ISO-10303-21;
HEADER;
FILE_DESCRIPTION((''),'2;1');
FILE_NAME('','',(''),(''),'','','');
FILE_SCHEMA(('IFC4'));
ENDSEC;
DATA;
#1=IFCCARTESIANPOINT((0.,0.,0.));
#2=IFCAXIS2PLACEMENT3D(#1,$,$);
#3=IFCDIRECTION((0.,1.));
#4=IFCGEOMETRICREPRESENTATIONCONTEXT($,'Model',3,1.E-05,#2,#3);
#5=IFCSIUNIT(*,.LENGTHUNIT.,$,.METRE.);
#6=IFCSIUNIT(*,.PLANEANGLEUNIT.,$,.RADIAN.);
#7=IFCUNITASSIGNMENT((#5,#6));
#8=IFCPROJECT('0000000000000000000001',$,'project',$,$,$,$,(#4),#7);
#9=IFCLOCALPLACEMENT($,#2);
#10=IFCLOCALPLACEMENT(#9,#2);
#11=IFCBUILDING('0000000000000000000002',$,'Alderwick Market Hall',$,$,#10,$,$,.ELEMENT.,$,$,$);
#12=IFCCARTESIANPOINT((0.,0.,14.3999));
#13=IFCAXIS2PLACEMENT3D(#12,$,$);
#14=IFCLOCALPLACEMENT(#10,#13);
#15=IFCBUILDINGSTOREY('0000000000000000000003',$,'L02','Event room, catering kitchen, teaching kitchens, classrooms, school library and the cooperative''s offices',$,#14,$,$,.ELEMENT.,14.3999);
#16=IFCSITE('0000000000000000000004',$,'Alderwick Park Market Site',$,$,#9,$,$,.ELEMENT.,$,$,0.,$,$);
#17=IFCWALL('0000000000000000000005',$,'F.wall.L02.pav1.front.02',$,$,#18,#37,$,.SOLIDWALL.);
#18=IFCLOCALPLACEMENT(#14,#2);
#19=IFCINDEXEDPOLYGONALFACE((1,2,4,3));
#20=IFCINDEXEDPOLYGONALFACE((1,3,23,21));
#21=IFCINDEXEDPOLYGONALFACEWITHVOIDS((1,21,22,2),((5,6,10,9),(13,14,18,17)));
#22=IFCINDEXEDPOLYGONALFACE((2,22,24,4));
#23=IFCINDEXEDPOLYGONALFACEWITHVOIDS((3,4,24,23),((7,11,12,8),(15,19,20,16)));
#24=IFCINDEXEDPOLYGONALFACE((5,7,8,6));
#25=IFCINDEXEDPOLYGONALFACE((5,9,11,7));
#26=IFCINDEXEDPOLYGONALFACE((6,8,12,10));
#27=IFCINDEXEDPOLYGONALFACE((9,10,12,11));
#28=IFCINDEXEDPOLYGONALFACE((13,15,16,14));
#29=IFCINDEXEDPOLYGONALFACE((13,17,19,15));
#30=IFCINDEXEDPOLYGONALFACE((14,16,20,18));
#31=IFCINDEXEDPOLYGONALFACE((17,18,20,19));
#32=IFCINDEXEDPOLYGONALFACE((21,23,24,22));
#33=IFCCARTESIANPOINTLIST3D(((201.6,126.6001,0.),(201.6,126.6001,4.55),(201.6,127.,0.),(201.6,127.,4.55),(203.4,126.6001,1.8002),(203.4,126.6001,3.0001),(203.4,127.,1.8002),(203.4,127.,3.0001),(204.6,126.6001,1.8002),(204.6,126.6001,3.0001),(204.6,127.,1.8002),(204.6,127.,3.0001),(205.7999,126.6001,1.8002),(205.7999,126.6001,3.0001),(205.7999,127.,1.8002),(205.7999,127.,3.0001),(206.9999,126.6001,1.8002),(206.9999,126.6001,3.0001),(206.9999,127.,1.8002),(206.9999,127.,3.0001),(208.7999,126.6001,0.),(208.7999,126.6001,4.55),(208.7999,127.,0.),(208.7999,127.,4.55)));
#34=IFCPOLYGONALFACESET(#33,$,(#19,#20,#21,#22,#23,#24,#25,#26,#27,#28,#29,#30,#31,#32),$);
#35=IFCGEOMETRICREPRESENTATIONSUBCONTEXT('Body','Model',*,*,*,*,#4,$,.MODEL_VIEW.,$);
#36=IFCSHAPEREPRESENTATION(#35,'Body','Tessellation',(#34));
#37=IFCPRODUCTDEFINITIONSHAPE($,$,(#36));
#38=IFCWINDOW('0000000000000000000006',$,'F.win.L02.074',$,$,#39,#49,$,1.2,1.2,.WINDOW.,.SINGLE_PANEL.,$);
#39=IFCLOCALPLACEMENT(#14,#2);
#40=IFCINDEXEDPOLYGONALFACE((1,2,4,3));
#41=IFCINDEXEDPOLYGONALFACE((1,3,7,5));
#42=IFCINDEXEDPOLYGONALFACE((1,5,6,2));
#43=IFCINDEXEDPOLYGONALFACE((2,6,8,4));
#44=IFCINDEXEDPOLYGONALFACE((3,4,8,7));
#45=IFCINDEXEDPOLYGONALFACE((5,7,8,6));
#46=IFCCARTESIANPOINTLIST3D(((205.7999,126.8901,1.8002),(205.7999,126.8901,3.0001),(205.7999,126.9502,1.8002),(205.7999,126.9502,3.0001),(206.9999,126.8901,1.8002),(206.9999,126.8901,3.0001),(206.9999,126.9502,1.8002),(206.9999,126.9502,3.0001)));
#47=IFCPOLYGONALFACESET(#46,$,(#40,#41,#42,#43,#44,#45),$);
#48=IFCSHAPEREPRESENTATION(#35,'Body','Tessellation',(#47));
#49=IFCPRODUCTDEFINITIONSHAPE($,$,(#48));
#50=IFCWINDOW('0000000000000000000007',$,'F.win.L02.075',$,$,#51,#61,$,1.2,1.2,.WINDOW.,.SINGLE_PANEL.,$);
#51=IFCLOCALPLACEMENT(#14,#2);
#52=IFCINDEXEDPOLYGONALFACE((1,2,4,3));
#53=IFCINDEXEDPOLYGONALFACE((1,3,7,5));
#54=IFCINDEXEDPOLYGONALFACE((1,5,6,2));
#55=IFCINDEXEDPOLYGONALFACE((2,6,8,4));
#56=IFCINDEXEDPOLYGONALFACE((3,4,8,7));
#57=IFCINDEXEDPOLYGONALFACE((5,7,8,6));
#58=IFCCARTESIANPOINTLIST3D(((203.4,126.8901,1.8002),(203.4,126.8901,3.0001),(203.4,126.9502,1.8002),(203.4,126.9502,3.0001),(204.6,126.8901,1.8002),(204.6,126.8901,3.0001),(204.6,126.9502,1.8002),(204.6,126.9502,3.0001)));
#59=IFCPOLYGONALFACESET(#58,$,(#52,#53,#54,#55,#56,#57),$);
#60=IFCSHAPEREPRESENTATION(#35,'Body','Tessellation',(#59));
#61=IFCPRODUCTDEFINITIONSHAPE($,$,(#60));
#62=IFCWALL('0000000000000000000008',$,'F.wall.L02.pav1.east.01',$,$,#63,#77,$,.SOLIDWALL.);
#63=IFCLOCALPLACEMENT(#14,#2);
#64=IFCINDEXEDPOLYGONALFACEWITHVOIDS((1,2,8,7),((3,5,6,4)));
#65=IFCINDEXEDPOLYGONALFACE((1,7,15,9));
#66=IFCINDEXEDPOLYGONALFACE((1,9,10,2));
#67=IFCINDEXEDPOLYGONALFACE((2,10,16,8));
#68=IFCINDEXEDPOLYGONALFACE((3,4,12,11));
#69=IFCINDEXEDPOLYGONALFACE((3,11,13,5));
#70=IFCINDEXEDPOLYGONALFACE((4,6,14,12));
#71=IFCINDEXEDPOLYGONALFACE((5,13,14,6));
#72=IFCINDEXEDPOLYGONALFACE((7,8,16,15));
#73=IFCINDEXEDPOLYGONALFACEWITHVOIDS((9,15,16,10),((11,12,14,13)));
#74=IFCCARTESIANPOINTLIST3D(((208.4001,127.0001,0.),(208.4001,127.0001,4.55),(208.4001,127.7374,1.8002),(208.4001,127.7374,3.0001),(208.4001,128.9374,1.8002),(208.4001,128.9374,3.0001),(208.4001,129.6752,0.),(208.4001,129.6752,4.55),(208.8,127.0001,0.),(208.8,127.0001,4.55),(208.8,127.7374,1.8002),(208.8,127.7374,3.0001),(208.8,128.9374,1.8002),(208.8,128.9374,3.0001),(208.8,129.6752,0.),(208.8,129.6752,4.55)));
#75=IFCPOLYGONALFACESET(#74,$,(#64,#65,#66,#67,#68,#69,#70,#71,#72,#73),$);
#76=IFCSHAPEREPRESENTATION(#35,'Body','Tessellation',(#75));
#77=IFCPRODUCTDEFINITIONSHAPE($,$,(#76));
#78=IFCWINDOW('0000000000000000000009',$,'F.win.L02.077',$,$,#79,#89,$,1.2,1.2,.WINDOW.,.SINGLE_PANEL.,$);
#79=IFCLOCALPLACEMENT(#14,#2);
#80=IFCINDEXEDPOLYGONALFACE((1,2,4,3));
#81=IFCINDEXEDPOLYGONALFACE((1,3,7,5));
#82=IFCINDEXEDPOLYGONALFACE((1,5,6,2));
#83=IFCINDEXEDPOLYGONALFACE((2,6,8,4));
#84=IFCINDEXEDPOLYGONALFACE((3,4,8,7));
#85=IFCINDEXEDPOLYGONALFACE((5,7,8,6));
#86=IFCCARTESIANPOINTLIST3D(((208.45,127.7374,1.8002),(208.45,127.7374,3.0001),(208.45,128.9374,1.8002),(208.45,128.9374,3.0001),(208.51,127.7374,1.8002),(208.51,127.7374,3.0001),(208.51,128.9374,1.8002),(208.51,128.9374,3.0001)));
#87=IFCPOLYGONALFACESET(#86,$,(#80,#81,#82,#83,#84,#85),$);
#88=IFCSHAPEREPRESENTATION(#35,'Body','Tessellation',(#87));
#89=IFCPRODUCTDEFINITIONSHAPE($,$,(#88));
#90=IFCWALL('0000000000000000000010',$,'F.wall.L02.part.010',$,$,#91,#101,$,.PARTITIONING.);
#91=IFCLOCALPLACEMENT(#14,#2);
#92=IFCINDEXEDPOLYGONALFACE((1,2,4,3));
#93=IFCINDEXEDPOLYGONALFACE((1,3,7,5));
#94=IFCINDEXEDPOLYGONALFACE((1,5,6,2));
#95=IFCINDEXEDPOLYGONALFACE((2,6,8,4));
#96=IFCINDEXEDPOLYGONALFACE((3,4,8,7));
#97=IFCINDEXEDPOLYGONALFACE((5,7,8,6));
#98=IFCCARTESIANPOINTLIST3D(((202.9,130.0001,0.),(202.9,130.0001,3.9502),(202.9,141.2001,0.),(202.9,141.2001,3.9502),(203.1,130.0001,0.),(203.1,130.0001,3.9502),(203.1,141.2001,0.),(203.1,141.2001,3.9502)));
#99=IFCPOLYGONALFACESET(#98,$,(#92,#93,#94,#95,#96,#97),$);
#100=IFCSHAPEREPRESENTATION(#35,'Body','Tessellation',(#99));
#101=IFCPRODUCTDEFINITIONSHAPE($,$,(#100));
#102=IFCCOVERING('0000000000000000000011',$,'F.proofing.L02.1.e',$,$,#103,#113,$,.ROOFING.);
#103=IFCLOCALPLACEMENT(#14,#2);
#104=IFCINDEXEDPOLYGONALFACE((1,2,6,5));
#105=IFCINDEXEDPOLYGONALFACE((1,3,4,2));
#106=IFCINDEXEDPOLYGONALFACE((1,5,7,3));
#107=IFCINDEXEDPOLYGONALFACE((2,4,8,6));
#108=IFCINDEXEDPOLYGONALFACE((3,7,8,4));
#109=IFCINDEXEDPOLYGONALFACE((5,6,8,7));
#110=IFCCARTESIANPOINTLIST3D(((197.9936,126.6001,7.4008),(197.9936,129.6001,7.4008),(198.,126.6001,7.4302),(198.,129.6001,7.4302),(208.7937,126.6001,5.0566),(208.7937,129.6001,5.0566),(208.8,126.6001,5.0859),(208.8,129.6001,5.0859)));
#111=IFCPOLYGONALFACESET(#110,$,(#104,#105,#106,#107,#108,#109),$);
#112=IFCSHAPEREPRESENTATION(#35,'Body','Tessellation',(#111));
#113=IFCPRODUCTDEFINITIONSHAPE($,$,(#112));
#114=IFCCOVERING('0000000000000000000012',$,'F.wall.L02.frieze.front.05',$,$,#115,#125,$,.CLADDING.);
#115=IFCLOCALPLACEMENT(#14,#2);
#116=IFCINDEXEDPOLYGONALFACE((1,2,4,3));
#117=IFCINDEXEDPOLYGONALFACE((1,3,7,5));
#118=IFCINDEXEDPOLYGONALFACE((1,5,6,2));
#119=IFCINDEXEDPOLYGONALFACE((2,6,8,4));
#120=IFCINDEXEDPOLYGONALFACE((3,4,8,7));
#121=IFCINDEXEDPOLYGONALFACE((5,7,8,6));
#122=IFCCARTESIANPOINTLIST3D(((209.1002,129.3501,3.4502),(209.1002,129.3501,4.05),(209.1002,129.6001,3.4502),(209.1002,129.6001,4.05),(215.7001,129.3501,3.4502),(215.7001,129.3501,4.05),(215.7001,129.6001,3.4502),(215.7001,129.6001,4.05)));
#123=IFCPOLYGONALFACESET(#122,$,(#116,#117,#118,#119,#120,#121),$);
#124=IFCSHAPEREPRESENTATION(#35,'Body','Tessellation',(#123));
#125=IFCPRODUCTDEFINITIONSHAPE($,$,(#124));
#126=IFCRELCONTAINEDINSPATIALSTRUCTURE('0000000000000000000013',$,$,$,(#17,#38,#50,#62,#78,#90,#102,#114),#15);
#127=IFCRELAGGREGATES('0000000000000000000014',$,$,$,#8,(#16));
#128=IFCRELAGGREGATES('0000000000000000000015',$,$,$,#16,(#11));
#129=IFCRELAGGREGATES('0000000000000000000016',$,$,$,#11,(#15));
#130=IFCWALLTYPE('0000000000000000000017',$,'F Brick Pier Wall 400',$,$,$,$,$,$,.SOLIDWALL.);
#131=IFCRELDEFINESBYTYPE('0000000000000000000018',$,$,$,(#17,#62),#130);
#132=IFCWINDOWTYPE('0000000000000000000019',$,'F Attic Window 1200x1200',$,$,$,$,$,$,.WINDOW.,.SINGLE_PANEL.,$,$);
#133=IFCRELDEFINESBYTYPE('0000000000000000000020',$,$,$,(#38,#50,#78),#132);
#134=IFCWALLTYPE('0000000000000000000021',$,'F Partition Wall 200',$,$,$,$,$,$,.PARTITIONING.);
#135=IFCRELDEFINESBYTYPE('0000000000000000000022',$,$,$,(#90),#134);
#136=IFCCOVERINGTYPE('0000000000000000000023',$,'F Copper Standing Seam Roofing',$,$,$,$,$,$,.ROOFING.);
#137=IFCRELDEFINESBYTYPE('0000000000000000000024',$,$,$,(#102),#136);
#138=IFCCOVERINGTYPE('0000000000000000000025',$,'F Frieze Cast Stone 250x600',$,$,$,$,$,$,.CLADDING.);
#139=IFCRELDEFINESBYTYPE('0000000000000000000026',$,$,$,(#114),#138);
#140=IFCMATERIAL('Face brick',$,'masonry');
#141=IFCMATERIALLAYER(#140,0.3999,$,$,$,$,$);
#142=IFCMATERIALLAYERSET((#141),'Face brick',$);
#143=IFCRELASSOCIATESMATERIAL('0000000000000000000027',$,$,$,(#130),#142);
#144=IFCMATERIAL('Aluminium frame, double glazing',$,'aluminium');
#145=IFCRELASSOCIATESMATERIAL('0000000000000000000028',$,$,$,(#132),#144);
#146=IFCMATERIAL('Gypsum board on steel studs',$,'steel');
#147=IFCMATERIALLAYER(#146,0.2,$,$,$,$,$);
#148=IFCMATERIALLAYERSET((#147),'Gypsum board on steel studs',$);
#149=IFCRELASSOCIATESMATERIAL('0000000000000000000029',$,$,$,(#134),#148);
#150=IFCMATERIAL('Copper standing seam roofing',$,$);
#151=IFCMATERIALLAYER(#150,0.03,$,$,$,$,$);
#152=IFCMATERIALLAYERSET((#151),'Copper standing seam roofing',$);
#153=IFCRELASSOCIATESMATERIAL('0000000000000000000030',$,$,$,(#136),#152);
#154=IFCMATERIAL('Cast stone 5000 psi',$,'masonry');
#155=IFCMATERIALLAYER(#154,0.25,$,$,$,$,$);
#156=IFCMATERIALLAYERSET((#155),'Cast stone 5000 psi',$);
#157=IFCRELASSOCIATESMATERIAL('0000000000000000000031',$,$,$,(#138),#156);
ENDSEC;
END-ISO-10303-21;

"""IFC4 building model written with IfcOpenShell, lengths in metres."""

from ifc_helpers import new_model, si_unit, direction, frame, frame_2d, origin, place, context, subcontext, project, spatial, polyline, rectangle, outline, extrude, material, layer, layer_set, type_object, element, fill, save


model = new_model("IFC4")

# Units and contexts
model_context = context("Model", 3, precision=1e-05, world=origin(), true_north=direction((0.0, 1.0)))
body_context = subcontext(model_context, "Body", "Model", "MODEL_VIEW")
ifc_project = project(units=[si_unit("LENGTHUNIT", "METRE"), si_unit("PLANEANGLEUNIT", "RADIAN")], contexts=[model_context])

# Site, building, storey
site_placement = place(None, origin())
site = spatial("IfcSite", under=ifc_project, at=site_placement, Name="Alderwick Park Market Site", CompositionType="ELEMENT", RefElevation=0.0)
building_placement = place(site_placement, origin())
building = spatial("IfcBuilding", under=site, at=building_placement, Name="Alderwick Market Hall", CompositionType="ELEMENT")
storey_placement = place(building_placement, frame((0.0, 0.0, 14.3999)))
storey = spatial("IfcBuildingStorey", under=building, at=storey_placement, Name="L02", Description="Event room, catering kitchen, teaching kitchens, classrooms, school library and the cooperative's offices", CompositionType="ELEMENT", Elevation=14.3999)

# Shared definitions
ifc_material_1 = material(Name="Face brick", Category="masonry")
ifc_layer_1 = layer(ifc_material_1, 0.3999)
ifc_layer_set_1 = layer_set([ifc_layer_1], Name="Face brick")
wall_type_1 = type_object("IfcWallType", Name="F Brick Pier Wall 400", PredefinedType="SOLIDWALL", material=ifc_layer_set_1)

# Wall, openings, windows
ifc_material_2 = material(Name="Aluminium frame, double glazing", Category="aluminium")
window_type = type_object("IfcWindowType", Name="F Attic Window 1200x1200", PartitioningType="SINGLE_PANEL", PredefinedType="WINDOW", material=ifc_material_2)
wall_1_placement = place(storey_placement, frame((208.8, 126.8, 0.0), z_axis=(0.0, 0.0, 1.0), x_axis=(-1.0, 0.0, 0.0)))
wall_1 = element("IfcWall", 1, at=wall_1_placement, inside=storey, type_object=wall_type_1, Name="F.wall.L02.pav1.front.02", PredefinedType="SOLIDWALL", context=body_context, shape_type="SweptSolid", body=[
    extrude(rectangle(XDim=7.2, YDim=0.3999, at=frame_2d((3.6001, 0.0))), origin(), (0.0, 0.0, 1.0), 4.55),
])
opening_1_placement = place(wall_1_placement, frame((1.8, 0.0, 1.8)))
opening_1 = element("IfcOpeningElement", 2, at=opening_1_placement, cuts=wall_1, PredefinedType="OPENING", context=body_context, shape_type="SweptSolid", body=[
    extrude(rectangle(XDim=1.2, YDim=1.2, at=frame_2d((0.6001, 0.6001))), frame((0.0, 0.21, 0.0), z_axis=(0.0, -1.0, 0.0), x_axis=(1.0, 0.0, 0.0)), (0.0, 0.0, 1.0), 0.4199),
])
opening_2_placement = place(wall_1_placement, frame((4.2, 0.0, 1.8)))
opening_2 = element("IfcOpeningElement", 3, at=opening_2_placement, cuts=wall_1, PredefinedType="OPENING", context=body_context, shape_type="SweptSolid", body=[
    extrude(rectangle(XDim=1.2, YDim=1.2, at=frame_2d((0.6001, 0.6001))), frame((0.0, 0.21, 0.0), z_axis=(0.0, -1.0, 0.0), x_axis=(1.0, 0.0, 0.0)), (0.0, 0.0, 1.0), 0.4199),
])
window_1_placement = place(opening_1_placement, origin())
window_1 = element("IfcWindow", 4, at=window_1_placement, inside=storey, type_object=window_type, Name="F.win.L02.074", OverallHeight=1.2, OverallWidth=1.2, PartitioningType="SINGLE_PANEL", PredefinedType="WINDOW", context=body_context, shape_type="SweptSolid", body=[
    extrude(rectangle(XDim=1.2, YDim=1.2, at=frame_2d((0.6001, 0.6001))), frame((0.0, -0.0901, 0.0), z_axis=(0.0, -1.0, 0.0), x_axis=(1.0, 0.0, 0.0)), (0.0, 0.0, 1.0), 0.0601),
])
fill(opening_1, window_1)
window_2_placement = place(opening_2_placement, origin())
window_2 = element("IfcWindow", 5, at=window_2_placement, inside=storey, type_object=window_type, Name="F.win.L02.075", OverallHeight=1.2, OverallWidth=1.2, PartitioningType="SINGLE_PANEL", PredefinedType="WINDOW", context=body_context, shape_type="SweptSolid", body=[
    extrude(rectangle(XDim=1.2, YDim=1.2, at=frame_2d((0.6001, 0.6001))), frame((0.0, -0.0901, 0.0), z_axis=(0.0, -1.0, 0.0), x_axis=(1.0, 0.0, 0.0)), (0.0, 0.0, 1.0), 0.0601),
])
fill(opening_2, window_2)

# Wall, opening, window
wall_2_placement = place(storey_placement, frame((208.6001, 129.675, 0.0), z_axis=(0.0, 0.0, 1.0), x_axis=(0.0, -1.0, 0.0)))
wall_2 = element("IfcWall", 6, at=wall_2_placement, inside=storey, type_object=wall_type_1, Name="F.wall.L02.pav1.east.01", PredefinedType="SOLIDWALL", context=body_context, shape_type="SweptSolid", body=[
    extrude(rectangle(XDim=2.675, YDim=0.3999, at=frame_2d((1.3374, 0.0))), origin(), (0.0, 0.0, 1.0), 4.55),
])
opening_3_placement = place(wall_2_placement, frame((0.7375, 0.0, 1.8)))
opening_3 = element("IfcOpeningElement", 7, at=opening_3_placement, cuts=wall_2, PredefinedType="OPENING", context=body_context, shape_type="SweptSolid", body=[
    extrude(rectangle(XDim=1.2, YDim=1.2, at=frame_2d((0.6001, 0.6001))), frame((0.0, 0.21, 0.0), z_axis=(0.0, -1.0, 0.0), x_axis=(1.0, 0.0, 0.0)), (0.0, 0.0, 1.0), 0.4199),
])
window_3_placement = place(opening_3_placement, origin())
window_3 = element("IfcWindow", 8, at=window_3_placement, inside=storey, type_object=window_type, Name="F.win.L02.077", OverallHeight=1.2, OverallWidth=1.2, PartitioningType="SINGLE_PANEL", PredefinedType="WINDOW", context=body_context, shape_type="SweptSolid", body=[
    extrude(rectangle(XDim=1.2, YDim=1.2, at=frame_2d((0.6001, 0.6001))), frame((0.0, -0.0901, 0.0), z_axis=(0.0, -1.0, 0.0), x_axis=(1.0, 0.0, 0.0)), (0.0, 0.0, 1.0), 0.0601),
])
fill(opening_3, window_3)

# Wall
ifc_material_3 = material(Name="Gypsum board on steel studs", Category="steel")
ifc_layer_2 = layer(ifc_material_3, 0.2)
ifc_layer_set_2 = layer_set([ifc_layer_2], Name="Gypsum board on steel studs")
wall_type_2 = type_object("IfcWallType", Name="F Partition Wall 200", PredefinedType="PARTITIONING", material=ifc_layer_set_2)
wall_3_placement = place(storey_placement, frame((203.0, 130.0, 0.0), z_axis=(0.0, 0.0, 1.0), x_axis=(0.0, 1.0, 0.0)))
element("IfcWall", 9, at=wall_3_placement, inside=storey, type_object=wall_type_2, Name="F.wall.L02.part.010", PredefinedType="PARTITIONING", context=body_context, shape_type="SweptSolid", body=[
    extrude(rectangle(XDim=11.2, YDim=0.2, at=frame_2d((5.6001, 0.0))), origin(), (0.0, 0.0, 1.0), 3.9502),
])

# Coverings
ifc_material_4 = material(Name="Copper standing seam roofing")
ifc_layer_3 = layer(ifc_material_4, 0.03)
ifc_layer_set_3 = layer_set([ifc_layer_3], Name="Copper standing seam roofing")
covering_type_1 = type_object("IfcCoveringType", Name="F Copper Standing Seam Roofing", PredefinedType="ROOFING", material=ifc_layer_set_3)
covering_1_placement = place(storey_placement, frame((208.8, 129.6001, 5.0859), z_axis=(0.212119, 0.0, 0.977244), x_axis=(0.0, -1.0, 0.0)))
element("IfcCovering", 10, at=covering_1_placement, inside=storey, type_object=covering_type_1, Name="F.proofing.L02.1.e", PredefinedType="ROOFING", context=body_context, shape_type="SweptSolid", body=[
    extrude(outline(polyline([(0.0, 0.0), (3.0, 0.0), (3.0, -11.0515), (0.0, -11.0515), (0.0, 0.0)])), origin(), (0.0, 0.0, -1.0), 0.03),
])
ifc_material_5 = material(Name="Cast stone 5000 psi", Category="masonry")
ifc_layer_4 = layer(ifc_material_5, 0.25)
ifc_layer_set_4 = layer_set([ifc_layer_4], Name="Cast stone 5000 psi")
covering_type_2 = type_object("IfcCoveringType", Name="F Frieze Cast Stone 250x600", PredefinedType="CLADDING", material=ifc_layer_set_4)
covering_2_placement = place(storey_placement, frame((215.7, 129.4751, 3.4502), z_axis=(0.0, 0.0, 1.0), x_axis=(-1.0, 0.0, 0.0)))
element("IfcCovering", 11, at=covering_2_placement, inside=storey, type_object=covering_type_2, Name="F.wall.L02.frieze.front.05", PredefinedType="CLADDING", context=body_context, shape_type="SweptSolid", body=[
    extrude(rectangle(XDim=6.5999, YDim=0.25, at=frame_2d((3.2998, 0.0))), origin(), (0.0, 0.0, 1.0), 0.5999),
])

save(model, "model.ifc")
